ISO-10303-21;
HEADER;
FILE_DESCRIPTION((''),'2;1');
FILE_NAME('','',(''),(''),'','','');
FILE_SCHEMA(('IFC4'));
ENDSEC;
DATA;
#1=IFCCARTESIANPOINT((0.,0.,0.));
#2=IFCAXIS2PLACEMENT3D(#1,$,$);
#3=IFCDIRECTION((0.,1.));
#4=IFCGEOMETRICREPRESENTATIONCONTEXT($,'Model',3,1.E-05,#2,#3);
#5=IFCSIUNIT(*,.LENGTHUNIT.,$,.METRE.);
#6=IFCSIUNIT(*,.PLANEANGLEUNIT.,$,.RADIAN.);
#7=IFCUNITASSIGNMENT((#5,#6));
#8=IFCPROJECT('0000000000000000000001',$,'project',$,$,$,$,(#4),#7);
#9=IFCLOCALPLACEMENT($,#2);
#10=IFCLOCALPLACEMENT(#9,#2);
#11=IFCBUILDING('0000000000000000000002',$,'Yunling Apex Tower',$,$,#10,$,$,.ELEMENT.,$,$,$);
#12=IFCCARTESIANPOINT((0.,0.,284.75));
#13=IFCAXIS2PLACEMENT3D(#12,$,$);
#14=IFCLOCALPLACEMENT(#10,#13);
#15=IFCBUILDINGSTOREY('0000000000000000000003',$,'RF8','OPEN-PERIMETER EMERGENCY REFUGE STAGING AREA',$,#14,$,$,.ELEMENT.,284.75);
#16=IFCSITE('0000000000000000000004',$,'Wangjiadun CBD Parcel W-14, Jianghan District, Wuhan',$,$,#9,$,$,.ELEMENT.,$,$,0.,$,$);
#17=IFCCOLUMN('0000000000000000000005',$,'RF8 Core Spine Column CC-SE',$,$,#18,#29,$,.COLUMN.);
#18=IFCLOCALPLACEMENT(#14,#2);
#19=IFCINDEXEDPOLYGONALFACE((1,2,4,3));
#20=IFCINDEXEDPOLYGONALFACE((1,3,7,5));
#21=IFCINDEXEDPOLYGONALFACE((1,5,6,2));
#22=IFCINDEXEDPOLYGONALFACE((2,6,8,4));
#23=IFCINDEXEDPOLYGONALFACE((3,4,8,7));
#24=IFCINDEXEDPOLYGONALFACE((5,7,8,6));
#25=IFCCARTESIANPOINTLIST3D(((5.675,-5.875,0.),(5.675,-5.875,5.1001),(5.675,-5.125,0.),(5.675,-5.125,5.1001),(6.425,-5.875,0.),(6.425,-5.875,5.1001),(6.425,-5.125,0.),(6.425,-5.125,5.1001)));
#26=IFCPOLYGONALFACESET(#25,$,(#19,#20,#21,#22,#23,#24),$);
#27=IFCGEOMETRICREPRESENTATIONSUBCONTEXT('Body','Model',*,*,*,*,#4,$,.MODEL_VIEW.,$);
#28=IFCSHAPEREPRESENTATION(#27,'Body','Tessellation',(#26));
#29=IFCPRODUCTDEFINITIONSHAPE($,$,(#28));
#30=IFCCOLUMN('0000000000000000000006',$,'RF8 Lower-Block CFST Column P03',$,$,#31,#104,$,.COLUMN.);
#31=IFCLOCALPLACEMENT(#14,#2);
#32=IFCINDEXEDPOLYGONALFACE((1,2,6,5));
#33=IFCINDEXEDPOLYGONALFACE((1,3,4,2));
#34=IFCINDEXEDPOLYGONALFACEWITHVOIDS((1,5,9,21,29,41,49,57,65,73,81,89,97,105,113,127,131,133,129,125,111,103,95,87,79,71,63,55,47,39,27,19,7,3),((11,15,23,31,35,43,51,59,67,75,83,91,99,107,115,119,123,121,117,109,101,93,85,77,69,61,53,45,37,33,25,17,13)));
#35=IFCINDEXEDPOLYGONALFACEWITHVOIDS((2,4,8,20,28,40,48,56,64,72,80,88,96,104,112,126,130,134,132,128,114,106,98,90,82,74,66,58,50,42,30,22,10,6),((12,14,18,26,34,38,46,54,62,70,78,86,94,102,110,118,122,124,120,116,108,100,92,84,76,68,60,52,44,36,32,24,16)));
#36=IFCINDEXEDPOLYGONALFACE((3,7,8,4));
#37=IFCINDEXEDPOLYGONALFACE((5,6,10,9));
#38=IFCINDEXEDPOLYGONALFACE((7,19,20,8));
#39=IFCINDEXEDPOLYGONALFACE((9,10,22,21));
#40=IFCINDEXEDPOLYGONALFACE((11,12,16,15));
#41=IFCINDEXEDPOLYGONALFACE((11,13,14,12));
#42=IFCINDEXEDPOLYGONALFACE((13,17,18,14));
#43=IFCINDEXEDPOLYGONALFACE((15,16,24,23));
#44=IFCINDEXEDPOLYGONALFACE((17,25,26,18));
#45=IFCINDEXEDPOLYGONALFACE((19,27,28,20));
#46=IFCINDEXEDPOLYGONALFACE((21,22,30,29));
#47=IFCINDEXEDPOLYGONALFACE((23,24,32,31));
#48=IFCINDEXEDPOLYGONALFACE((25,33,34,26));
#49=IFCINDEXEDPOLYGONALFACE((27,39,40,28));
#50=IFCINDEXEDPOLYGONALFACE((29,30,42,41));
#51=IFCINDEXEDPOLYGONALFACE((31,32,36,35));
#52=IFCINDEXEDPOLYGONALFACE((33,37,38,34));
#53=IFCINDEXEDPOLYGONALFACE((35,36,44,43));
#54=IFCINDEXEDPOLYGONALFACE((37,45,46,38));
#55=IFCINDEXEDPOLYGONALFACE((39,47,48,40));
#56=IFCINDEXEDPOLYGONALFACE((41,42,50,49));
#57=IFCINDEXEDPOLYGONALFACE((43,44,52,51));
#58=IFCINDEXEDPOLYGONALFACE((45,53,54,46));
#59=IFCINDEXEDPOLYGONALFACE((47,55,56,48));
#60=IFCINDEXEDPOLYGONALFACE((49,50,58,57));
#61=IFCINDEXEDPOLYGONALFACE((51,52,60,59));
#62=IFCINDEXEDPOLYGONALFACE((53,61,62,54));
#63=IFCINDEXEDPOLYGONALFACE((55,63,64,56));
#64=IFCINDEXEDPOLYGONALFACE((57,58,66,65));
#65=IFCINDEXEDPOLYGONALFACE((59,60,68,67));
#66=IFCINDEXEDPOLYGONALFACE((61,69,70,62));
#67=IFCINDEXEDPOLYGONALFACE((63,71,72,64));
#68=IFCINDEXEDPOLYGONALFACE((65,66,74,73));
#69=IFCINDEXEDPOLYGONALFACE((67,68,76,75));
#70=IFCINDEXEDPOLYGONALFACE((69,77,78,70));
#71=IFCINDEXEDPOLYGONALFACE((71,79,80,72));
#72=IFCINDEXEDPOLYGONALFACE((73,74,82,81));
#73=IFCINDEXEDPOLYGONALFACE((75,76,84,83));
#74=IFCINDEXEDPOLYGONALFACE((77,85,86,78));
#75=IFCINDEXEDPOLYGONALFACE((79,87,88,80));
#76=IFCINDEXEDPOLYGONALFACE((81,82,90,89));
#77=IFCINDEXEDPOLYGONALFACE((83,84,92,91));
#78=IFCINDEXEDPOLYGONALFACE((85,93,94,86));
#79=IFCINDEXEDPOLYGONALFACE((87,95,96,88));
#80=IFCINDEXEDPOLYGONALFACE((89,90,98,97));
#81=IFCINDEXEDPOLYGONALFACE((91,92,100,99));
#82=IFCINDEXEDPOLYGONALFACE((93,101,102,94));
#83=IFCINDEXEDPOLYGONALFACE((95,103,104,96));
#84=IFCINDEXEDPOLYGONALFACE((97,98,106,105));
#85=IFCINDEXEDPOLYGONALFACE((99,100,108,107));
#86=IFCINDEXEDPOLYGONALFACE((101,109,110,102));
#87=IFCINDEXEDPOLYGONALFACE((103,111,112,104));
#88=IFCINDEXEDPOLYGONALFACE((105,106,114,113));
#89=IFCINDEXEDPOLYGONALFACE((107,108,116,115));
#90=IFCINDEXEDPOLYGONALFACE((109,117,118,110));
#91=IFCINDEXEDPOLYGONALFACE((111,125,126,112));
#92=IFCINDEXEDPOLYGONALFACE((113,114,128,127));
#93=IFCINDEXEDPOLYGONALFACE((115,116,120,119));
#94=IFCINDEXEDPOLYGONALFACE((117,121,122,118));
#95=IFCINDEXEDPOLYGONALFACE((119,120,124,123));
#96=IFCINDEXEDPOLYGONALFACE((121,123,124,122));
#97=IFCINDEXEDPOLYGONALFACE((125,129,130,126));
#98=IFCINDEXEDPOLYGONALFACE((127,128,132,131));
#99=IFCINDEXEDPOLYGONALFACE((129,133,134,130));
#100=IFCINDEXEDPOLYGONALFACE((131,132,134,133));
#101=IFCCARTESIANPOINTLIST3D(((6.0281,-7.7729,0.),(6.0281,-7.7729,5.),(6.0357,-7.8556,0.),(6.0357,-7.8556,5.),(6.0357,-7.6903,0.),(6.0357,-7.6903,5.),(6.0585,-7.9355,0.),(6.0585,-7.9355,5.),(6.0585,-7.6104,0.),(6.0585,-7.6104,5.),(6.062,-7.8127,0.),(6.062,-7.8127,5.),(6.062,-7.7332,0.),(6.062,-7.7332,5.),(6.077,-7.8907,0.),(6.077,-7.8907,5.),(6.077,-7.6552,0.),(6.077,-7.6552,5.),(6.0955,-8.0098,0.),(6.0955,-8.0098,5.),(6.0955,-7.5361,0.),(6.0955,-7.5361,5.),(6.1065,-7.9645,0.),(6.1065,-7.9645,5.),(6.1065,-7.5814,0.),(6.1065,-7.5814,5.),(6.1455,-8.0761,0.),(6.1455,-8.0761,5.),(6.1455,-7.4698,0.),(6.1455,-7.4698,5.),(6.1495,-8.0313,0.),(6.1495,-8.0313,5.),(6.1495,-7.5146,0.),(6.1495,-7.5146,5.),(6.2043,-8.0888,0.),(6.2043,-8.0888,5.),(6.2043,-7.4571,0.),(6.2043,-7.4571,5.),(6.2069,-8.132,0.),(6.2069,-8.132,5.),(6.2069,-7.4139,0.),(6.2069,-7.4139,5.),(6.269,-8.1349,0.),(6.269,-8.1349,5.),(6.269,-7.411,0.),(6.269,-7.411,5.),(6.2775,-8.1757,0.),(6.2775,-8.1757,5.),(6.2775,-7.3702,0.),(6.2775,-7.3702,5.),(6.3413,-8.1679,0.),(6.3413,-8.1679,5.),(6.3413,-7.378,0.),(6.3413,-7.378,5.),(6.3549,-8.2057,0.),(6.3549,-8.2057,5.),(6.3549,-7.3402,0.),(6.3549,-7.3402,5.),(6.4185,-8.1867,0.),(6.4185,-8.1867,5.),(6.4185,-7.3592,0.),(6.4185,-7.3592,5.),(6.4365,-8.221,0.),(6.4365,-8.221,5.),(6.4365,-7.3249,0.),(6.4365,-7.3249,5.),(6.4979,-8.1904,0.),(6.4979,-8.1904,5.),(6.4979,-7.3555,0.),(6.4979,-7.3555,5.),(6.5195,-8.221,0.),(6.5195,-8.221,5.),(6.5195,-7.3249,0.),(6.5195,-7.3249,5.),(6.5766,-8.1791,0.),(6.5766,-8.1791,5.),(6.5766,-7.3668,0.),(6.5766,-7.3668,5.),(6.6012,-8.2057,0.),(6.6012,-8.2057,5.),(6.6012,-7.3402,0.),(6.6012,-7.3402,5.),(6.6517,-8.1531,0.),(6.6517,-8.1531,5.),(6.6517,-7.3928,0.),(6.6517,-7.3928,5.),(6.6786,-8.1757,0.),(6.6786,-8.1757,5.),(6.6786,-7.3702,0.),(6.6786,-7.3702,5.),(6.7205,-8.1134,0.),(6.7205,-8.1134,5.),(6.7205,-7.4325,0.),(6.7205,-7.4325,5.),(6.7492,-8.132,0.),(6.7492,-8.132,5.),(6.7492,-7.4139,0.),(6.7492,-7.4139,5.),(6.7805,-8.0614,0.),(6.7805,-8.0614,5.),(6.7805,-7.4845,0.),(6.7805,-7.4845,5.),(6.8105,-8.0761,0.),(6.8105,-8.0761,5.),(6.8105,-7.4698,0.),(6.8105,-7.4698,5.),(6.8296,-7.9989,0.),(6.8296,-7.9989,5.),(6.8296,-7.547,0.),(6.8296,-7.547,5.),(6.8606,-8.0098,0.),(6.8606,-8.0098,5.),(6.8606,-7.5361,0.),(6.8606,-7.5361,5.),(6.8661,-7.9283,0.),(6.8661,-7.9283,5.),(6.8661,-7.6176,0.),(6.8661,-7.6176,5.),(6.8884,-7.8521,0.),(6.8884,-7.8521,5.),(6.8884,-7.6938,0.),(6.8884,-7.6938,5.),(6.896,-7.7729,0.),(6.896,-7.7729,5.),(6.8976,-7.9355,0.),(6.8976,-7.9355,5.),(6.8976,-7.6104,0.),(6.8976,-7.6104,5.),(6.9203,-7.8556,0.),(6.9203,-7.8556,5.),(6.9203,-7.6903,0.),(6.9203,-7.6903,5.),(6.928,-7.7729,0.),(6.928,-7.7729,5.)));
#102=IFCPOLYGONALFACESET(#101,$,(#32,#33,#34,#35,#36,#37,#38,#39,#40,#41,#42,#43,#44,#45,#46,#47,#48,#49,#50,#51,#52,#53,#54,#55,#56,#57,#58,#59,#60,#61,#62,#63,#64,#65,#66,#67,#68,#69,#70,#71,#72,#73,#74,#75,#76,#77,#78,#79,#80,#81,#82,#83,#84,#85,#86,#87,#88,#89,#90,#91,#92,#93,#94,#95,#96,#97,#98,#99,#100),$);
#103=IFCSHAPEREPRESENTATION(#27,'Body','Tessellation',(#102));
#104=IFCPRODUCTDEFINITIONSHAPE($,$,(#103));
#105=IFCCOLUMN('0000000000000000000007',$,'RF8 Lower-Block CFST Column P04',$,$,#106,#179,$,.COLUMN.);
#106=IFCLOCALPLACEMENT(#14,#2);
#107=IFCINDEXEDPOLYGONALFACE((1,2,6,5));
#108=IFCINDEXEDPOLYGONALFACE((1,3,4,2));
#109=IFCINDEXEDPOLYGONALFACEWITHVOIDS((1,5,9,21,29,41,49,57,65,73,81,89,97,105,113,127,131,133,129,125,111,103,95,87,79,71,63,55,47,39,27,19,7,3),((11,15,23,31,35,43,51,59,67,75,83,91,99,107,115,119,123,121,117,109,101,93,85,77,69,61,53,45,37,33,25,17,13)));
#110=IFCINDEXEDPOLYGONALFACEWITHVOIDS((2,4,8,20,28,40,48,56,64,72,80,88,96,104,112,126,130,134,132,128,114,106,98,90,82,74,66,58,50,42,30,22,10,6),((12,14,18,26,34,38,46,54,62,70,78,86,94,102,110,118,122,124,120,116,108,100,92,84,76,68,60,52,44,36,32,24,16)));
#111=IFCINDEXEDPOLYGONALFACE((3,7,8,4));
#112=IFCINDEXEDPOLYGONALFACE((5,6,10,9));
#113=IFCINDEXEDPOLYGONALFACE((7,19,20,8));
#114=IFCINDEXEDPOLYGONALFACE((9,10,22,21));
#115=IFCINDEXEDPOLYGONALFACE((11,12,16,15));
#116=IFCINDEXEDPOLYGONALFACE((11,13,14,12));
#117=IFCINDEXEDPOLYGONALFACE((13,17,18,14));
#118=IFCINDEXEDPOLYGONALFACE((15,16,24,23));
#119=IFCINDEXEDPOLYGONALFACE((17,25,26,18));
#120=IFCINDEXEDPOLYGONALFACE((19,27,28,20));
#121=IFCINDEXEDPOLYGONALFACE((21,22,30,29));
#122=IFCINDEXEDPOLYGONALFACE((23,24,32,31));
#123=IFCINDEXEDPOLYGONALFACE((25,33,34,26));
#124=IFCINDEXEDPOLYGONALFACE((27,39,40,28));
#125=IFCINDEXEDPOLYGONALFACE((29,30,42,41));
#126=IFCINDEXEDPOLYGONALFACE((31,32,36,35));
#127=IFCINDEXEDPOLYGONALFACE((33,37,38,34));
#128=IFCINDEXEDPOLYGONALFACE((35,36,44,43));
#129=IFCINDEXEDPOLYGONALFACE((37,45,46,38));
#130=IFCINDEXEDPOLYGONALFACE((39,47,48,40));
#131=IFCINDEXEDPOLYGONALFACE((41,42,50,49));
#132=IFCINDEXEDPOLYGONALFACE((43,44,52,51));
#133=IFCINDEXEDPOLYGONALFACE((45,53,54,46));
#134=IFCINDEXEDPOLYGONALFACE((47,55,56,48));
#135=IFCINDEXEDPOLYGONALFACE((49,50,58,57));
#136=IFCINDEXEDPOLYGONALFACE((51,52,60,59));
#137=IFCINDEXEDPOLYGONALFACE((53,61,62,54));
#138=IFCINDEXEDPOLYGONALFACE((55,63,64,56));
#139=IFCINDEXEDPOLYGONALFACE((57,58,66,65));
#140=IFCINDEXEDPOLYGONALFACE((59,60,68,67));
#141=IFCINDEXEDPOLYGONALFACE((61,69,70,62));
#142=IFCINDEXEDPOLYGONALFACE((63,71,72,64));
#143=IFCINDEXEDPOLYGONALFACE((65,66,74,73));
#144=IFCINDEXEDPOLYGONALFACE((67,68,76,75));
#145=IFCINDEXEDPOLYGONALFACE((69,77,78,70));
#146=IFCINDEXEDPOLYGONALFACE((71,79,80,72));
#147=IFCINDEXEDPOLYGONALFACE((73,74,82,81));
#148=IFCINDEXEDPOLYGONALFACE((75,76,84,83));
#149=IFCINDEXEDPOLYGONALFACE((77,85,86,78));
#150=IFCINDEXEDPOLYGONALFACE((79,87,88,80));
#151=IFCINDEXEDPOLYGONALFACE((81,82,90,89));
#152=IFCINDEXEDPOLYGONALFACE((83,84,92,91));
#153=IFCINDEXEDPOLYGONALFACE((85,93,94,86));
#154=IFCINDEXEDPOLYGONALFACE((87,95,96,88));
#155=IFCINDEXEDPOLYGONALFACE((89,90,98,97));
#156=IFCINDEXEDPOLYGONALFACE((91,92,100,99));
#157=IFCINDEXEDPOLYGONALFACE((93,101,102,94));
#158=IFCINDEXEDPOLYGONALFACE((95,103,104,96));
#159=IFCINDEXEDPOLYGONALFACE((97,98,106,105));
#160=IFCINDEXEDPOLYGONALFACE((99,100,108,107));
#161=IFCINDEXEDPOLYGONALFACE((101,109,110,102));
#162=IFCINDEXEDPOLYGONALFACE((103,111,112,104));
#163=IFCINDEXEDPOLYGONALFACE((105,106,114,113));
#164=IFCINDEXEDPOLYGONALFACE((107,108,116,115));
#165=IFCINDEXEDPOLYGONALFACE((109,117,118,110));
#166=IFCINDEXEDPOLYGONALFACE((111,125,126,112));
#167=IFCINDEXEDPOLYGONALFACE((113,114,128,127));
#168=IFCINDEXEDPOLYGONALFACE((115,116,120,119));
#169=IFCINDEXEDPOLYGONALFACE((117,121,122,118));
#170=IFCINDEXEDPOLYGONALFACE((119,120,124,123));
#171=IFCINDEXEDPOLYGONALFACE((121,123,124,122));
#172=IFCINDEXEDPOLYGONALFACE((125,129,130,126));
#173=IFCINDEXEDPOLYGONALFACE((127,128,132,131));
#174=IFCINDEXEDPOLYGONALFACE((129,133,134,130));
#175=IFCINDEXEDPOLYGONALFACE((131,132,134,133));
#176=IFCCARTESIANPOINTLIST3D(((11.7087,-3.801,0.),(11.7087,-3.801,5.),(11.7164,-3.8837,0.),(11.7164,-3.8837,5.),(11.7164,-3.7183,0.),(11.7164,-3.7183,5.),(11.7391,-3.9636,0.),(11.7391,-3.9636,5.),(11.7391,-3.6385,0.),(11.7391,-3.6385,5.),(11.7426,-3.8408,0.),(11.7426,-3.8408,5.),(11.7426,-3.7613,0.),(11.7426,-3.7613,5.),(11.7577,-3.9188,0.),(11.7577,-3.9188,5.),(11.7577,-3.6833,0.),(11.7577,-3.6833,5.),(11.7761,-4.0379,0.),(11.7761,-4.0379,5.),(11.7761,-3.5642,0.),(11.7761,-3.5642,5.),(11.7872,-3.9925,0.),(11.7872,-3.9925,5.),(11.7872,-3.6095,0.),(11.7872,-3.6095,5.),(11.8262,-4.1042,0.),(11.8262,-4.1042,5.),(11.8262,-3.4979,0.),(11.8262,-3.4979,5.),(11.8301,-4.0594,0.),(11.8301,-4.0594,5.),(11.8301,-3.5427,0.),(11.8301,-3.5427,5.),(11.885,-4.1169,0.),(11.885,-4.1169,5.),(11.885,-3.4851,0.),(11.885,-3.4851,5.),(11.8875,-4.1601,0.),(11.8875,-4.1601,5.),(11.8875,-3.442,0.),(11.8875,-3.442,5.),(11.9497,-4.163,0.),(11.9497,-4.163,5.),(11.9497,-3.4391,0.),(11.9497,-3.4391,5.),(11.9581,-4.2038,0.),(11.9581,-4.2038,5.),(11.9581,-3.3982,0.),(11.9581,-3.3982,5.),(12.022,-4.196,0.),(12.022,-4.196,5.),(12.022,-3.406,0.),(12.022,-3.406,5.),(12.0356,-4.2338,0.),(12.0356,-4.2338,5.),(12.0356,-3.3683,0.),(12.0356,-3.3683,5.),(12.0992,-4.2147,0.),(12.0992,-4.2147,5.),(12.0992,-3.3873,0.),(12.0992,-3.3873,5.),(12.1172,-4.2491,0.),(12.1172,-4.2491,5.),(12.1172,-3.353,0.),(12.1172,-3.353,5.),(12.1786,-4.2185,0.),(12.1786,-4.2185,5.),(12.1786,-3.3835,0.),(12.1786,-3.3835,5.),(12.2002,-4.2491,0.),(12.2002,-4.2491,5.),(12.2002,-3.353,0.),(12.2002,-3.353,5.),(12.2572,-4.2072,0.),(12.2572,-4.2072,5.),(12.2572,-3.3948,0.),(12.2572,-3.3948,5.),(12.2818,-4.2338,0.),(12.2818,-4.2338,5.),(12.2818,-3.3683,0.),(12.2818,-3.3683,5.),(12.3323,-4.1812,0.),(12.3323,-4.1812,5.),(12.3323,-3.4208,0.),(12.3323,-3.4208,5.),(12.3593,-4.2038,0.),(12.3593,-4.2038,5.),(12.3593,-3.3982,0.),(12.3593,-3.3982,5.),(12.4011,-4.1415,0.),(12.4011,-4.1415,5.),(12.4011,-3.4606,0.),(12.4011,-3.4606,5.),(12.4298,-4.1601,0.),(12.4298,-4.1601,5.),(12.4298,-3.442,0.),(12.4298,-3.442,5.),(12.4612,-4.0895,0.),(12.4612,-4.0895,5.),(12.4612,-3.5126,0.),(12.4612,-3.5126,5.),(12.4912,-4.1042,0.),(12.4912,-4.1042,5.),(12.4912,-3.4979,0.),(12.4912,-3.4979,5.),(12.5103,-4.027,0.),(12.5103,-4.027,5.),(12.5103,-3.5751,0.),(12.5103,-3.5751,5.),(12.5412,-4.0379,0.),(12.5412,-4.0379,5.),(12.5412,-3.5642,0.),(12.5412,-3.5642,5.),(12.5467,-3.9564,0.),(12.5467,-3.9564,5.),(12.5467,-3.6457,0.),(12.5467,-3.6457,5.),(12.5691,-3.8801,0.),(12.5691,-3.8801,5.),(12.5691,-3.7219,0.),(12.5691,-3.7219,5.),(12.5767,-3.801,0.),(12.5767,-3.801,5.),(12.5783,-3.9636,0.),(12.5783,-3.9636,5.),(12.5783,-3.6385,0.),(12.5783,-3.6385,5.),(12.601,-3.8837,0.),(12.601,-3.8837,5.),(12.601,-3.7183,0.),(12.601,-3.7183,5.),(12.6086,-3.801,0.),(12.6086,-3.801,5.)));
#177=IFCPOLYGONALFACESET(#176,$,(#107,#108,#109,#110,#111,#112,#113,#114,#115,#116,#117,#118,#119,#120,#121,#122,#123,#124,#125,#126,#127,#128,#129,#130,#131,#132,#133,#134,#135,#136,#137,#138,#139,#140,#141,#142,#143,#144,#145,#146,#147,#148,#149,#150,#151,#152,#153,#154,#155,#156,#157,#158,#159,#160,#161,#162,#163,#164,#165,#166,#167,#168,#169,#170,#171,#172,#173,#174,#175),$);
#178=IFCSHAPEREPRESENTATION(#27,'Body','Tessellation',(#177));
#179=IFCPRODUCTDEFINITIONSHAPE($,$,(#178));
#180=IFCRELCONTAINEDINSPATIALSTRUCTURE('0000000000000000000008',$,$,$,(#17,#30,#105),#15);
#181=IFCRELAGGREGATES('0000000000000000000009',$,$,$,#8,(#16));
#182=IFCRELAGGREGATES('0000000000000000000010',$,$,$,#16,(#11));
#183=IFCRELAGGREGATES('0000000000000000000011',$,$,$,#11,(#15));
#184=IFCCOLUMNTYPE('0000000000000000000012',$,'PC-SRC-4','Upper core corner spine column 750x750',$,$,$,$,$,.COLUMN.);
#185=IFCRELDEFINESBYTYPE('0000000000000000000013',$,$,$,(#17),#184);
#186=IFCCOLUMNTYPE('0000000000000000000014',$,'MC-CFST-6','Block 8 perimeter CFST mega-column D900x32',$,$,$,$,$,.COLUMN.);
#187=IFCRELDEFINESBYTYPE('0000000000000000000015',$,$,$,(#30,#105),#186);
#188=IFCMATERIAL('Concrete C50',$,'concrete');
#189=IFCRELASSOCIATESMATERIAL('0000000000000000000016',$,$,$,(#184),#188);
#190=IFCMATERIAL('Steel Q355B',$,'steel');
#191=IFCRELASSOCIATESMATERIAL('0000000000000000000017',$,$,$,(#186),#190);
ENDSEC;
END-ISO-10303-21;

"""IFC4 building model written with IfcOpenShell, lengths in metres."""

from ifc_helpers import new_model, si_unit, direction, frame, origin, origin_2d, place, context, subcontext, project, spatial, rectangle, hollow_circle, extrude, source, transform, mapped, material, material_profile, profile_set, type_object, element, save


model = new_model("IFC4")

# Units and contexts
model_context = context("Model", 3, precision=1e-05, world=origin(), true_north=direction((0.0, 1.0)))
body_context = subcontext(model_context, "Body", "Model", "MODEL_VIEW")
ifc_project = project(units=[si_unit("LENGTHUNIT", "METRE"), si_unit("PLANEANGLEUNIT", "RADIAN")], contexts=[model_context])

# Site, building, storey
site_placement = place(None, origin())
site = spatial("IfcSite", under=ifc_project, at=site_placement, Name="Wangjiadun CBD Parcel W-14, Jianghan District, Wuhan", CompositionType="ELEMENT", RefElevation=0.0)
building_placement = place(site_placement, origin())
building = spatial("IfcBuilding", under=site, at=building_placement, Name="Yunling Apex Tower", CompositionType="ELEMENT")
storey_placement = place(building_placement, frame((0.0, 0.0, 284.75)))
storey = spatial("IfcBuildingStorey", under=building, at=storey_placement, Name="RF8", Description="OPEN-PERIMETER EMERGENCY REFUGE STAGING AREA", CompositionType="ELEMENT", Elevation=284.75)

# Columns
ifc_material_1 = material(Name="Concrete C50", Category="concrete")
ifc_material_profile_1 = material_profile(ifc_material_1, rectangle(XDim=0.75, YDim=0.75, at=origin_2d()))
ifc_profile_set_1 = profile_set([ifc_material_profile_1], Name="Concrete C50")
column_type_1 = type_object("IfcColumnType", Name="PC-SRC-4", Description="Upper core corner spine column 750x750", PredefinedType="COLUMN", material=ifc_profile_set_1)
shared_shape_1 = source(origin(), body_context, "Body", "SweptSolid", [
    extrude(rectangle(XDim=0.75, YDim=0.75, at=origin_2d()), origin(), (0.0, 0.0, 1.0), 5.1001),
])
column_placement = place(storey_placement, frame((6.05, -5.5, 0.0), z_axis=(0.0, 0.0, 1.0), x_axis=(1.0, 0.0, 0.0)))
element("IfcColumn", 1, at=column_placement, inside=storey, type_object=column_type_1, Name="RF8 Core Spine Column CC-SE", PredefinedType="COLUMN", context=body_context, shape_type="MappedRepresentation", body=[
    mapped(shared_shape_1, transform((0.0, 0.0, 0.0), scale=1.0)),
])
ifc_material_2 = material(Name="Steel Q355B", Category="steel")
ifc_material_profile_2 = material_profile(ifc_material_2, hollow_circle(Radius=0.45, WallThickness=0.032, at=origin_2d()))
ifc_profile_set_2 = profile_set([ifc_material_profile_2], Name="Steel Q355B")
column_type_2 = type_object("IfcColumnType", Name="MC-CFST-6", Description="Block 8 perimeter CFST mega-column D900x32", PredefinedType="COLUMN", material=ifc_profile_set_2)
shared_shape_2 = source(origin(), body_context, "Body", "SweptSolid", [
    extrude(hollow_circle(Radius=0.45, WallThickness=0.032, at=origin_2d()), origin(), (0.0, 0.0, 1.0), 5.0),
])
for number, where, z_axis, x_axis, name in (
    (2, (6.478, -7.7729, 0.0), (0.0, 0.0, 1.0), (1.0, 0.0, 0.0), "RF8 Lower-Block CFST Column P03"),
    (3, (12.1587, -3.801, 0.0), (0.0, 0.0, 1.0), (1.0, 0.0, 0.0), "RF8 Lower-Block CFST Column P04"),
):
    element("IfcColumn", number, at=place(storey_placement, frame(where, z_axis=z_axis, x_axis=x_axis)), inside=storey, type_object=column_type_2, Name=name, PredefinedType="COLUMN", context=body_context, shape_type="MappedRepresentation", body=[
        mapped(shared_shape_2, transform((0.0, 0.0, 0.0), scale=1.0)),
    ])

save(model, "model.ifc")
